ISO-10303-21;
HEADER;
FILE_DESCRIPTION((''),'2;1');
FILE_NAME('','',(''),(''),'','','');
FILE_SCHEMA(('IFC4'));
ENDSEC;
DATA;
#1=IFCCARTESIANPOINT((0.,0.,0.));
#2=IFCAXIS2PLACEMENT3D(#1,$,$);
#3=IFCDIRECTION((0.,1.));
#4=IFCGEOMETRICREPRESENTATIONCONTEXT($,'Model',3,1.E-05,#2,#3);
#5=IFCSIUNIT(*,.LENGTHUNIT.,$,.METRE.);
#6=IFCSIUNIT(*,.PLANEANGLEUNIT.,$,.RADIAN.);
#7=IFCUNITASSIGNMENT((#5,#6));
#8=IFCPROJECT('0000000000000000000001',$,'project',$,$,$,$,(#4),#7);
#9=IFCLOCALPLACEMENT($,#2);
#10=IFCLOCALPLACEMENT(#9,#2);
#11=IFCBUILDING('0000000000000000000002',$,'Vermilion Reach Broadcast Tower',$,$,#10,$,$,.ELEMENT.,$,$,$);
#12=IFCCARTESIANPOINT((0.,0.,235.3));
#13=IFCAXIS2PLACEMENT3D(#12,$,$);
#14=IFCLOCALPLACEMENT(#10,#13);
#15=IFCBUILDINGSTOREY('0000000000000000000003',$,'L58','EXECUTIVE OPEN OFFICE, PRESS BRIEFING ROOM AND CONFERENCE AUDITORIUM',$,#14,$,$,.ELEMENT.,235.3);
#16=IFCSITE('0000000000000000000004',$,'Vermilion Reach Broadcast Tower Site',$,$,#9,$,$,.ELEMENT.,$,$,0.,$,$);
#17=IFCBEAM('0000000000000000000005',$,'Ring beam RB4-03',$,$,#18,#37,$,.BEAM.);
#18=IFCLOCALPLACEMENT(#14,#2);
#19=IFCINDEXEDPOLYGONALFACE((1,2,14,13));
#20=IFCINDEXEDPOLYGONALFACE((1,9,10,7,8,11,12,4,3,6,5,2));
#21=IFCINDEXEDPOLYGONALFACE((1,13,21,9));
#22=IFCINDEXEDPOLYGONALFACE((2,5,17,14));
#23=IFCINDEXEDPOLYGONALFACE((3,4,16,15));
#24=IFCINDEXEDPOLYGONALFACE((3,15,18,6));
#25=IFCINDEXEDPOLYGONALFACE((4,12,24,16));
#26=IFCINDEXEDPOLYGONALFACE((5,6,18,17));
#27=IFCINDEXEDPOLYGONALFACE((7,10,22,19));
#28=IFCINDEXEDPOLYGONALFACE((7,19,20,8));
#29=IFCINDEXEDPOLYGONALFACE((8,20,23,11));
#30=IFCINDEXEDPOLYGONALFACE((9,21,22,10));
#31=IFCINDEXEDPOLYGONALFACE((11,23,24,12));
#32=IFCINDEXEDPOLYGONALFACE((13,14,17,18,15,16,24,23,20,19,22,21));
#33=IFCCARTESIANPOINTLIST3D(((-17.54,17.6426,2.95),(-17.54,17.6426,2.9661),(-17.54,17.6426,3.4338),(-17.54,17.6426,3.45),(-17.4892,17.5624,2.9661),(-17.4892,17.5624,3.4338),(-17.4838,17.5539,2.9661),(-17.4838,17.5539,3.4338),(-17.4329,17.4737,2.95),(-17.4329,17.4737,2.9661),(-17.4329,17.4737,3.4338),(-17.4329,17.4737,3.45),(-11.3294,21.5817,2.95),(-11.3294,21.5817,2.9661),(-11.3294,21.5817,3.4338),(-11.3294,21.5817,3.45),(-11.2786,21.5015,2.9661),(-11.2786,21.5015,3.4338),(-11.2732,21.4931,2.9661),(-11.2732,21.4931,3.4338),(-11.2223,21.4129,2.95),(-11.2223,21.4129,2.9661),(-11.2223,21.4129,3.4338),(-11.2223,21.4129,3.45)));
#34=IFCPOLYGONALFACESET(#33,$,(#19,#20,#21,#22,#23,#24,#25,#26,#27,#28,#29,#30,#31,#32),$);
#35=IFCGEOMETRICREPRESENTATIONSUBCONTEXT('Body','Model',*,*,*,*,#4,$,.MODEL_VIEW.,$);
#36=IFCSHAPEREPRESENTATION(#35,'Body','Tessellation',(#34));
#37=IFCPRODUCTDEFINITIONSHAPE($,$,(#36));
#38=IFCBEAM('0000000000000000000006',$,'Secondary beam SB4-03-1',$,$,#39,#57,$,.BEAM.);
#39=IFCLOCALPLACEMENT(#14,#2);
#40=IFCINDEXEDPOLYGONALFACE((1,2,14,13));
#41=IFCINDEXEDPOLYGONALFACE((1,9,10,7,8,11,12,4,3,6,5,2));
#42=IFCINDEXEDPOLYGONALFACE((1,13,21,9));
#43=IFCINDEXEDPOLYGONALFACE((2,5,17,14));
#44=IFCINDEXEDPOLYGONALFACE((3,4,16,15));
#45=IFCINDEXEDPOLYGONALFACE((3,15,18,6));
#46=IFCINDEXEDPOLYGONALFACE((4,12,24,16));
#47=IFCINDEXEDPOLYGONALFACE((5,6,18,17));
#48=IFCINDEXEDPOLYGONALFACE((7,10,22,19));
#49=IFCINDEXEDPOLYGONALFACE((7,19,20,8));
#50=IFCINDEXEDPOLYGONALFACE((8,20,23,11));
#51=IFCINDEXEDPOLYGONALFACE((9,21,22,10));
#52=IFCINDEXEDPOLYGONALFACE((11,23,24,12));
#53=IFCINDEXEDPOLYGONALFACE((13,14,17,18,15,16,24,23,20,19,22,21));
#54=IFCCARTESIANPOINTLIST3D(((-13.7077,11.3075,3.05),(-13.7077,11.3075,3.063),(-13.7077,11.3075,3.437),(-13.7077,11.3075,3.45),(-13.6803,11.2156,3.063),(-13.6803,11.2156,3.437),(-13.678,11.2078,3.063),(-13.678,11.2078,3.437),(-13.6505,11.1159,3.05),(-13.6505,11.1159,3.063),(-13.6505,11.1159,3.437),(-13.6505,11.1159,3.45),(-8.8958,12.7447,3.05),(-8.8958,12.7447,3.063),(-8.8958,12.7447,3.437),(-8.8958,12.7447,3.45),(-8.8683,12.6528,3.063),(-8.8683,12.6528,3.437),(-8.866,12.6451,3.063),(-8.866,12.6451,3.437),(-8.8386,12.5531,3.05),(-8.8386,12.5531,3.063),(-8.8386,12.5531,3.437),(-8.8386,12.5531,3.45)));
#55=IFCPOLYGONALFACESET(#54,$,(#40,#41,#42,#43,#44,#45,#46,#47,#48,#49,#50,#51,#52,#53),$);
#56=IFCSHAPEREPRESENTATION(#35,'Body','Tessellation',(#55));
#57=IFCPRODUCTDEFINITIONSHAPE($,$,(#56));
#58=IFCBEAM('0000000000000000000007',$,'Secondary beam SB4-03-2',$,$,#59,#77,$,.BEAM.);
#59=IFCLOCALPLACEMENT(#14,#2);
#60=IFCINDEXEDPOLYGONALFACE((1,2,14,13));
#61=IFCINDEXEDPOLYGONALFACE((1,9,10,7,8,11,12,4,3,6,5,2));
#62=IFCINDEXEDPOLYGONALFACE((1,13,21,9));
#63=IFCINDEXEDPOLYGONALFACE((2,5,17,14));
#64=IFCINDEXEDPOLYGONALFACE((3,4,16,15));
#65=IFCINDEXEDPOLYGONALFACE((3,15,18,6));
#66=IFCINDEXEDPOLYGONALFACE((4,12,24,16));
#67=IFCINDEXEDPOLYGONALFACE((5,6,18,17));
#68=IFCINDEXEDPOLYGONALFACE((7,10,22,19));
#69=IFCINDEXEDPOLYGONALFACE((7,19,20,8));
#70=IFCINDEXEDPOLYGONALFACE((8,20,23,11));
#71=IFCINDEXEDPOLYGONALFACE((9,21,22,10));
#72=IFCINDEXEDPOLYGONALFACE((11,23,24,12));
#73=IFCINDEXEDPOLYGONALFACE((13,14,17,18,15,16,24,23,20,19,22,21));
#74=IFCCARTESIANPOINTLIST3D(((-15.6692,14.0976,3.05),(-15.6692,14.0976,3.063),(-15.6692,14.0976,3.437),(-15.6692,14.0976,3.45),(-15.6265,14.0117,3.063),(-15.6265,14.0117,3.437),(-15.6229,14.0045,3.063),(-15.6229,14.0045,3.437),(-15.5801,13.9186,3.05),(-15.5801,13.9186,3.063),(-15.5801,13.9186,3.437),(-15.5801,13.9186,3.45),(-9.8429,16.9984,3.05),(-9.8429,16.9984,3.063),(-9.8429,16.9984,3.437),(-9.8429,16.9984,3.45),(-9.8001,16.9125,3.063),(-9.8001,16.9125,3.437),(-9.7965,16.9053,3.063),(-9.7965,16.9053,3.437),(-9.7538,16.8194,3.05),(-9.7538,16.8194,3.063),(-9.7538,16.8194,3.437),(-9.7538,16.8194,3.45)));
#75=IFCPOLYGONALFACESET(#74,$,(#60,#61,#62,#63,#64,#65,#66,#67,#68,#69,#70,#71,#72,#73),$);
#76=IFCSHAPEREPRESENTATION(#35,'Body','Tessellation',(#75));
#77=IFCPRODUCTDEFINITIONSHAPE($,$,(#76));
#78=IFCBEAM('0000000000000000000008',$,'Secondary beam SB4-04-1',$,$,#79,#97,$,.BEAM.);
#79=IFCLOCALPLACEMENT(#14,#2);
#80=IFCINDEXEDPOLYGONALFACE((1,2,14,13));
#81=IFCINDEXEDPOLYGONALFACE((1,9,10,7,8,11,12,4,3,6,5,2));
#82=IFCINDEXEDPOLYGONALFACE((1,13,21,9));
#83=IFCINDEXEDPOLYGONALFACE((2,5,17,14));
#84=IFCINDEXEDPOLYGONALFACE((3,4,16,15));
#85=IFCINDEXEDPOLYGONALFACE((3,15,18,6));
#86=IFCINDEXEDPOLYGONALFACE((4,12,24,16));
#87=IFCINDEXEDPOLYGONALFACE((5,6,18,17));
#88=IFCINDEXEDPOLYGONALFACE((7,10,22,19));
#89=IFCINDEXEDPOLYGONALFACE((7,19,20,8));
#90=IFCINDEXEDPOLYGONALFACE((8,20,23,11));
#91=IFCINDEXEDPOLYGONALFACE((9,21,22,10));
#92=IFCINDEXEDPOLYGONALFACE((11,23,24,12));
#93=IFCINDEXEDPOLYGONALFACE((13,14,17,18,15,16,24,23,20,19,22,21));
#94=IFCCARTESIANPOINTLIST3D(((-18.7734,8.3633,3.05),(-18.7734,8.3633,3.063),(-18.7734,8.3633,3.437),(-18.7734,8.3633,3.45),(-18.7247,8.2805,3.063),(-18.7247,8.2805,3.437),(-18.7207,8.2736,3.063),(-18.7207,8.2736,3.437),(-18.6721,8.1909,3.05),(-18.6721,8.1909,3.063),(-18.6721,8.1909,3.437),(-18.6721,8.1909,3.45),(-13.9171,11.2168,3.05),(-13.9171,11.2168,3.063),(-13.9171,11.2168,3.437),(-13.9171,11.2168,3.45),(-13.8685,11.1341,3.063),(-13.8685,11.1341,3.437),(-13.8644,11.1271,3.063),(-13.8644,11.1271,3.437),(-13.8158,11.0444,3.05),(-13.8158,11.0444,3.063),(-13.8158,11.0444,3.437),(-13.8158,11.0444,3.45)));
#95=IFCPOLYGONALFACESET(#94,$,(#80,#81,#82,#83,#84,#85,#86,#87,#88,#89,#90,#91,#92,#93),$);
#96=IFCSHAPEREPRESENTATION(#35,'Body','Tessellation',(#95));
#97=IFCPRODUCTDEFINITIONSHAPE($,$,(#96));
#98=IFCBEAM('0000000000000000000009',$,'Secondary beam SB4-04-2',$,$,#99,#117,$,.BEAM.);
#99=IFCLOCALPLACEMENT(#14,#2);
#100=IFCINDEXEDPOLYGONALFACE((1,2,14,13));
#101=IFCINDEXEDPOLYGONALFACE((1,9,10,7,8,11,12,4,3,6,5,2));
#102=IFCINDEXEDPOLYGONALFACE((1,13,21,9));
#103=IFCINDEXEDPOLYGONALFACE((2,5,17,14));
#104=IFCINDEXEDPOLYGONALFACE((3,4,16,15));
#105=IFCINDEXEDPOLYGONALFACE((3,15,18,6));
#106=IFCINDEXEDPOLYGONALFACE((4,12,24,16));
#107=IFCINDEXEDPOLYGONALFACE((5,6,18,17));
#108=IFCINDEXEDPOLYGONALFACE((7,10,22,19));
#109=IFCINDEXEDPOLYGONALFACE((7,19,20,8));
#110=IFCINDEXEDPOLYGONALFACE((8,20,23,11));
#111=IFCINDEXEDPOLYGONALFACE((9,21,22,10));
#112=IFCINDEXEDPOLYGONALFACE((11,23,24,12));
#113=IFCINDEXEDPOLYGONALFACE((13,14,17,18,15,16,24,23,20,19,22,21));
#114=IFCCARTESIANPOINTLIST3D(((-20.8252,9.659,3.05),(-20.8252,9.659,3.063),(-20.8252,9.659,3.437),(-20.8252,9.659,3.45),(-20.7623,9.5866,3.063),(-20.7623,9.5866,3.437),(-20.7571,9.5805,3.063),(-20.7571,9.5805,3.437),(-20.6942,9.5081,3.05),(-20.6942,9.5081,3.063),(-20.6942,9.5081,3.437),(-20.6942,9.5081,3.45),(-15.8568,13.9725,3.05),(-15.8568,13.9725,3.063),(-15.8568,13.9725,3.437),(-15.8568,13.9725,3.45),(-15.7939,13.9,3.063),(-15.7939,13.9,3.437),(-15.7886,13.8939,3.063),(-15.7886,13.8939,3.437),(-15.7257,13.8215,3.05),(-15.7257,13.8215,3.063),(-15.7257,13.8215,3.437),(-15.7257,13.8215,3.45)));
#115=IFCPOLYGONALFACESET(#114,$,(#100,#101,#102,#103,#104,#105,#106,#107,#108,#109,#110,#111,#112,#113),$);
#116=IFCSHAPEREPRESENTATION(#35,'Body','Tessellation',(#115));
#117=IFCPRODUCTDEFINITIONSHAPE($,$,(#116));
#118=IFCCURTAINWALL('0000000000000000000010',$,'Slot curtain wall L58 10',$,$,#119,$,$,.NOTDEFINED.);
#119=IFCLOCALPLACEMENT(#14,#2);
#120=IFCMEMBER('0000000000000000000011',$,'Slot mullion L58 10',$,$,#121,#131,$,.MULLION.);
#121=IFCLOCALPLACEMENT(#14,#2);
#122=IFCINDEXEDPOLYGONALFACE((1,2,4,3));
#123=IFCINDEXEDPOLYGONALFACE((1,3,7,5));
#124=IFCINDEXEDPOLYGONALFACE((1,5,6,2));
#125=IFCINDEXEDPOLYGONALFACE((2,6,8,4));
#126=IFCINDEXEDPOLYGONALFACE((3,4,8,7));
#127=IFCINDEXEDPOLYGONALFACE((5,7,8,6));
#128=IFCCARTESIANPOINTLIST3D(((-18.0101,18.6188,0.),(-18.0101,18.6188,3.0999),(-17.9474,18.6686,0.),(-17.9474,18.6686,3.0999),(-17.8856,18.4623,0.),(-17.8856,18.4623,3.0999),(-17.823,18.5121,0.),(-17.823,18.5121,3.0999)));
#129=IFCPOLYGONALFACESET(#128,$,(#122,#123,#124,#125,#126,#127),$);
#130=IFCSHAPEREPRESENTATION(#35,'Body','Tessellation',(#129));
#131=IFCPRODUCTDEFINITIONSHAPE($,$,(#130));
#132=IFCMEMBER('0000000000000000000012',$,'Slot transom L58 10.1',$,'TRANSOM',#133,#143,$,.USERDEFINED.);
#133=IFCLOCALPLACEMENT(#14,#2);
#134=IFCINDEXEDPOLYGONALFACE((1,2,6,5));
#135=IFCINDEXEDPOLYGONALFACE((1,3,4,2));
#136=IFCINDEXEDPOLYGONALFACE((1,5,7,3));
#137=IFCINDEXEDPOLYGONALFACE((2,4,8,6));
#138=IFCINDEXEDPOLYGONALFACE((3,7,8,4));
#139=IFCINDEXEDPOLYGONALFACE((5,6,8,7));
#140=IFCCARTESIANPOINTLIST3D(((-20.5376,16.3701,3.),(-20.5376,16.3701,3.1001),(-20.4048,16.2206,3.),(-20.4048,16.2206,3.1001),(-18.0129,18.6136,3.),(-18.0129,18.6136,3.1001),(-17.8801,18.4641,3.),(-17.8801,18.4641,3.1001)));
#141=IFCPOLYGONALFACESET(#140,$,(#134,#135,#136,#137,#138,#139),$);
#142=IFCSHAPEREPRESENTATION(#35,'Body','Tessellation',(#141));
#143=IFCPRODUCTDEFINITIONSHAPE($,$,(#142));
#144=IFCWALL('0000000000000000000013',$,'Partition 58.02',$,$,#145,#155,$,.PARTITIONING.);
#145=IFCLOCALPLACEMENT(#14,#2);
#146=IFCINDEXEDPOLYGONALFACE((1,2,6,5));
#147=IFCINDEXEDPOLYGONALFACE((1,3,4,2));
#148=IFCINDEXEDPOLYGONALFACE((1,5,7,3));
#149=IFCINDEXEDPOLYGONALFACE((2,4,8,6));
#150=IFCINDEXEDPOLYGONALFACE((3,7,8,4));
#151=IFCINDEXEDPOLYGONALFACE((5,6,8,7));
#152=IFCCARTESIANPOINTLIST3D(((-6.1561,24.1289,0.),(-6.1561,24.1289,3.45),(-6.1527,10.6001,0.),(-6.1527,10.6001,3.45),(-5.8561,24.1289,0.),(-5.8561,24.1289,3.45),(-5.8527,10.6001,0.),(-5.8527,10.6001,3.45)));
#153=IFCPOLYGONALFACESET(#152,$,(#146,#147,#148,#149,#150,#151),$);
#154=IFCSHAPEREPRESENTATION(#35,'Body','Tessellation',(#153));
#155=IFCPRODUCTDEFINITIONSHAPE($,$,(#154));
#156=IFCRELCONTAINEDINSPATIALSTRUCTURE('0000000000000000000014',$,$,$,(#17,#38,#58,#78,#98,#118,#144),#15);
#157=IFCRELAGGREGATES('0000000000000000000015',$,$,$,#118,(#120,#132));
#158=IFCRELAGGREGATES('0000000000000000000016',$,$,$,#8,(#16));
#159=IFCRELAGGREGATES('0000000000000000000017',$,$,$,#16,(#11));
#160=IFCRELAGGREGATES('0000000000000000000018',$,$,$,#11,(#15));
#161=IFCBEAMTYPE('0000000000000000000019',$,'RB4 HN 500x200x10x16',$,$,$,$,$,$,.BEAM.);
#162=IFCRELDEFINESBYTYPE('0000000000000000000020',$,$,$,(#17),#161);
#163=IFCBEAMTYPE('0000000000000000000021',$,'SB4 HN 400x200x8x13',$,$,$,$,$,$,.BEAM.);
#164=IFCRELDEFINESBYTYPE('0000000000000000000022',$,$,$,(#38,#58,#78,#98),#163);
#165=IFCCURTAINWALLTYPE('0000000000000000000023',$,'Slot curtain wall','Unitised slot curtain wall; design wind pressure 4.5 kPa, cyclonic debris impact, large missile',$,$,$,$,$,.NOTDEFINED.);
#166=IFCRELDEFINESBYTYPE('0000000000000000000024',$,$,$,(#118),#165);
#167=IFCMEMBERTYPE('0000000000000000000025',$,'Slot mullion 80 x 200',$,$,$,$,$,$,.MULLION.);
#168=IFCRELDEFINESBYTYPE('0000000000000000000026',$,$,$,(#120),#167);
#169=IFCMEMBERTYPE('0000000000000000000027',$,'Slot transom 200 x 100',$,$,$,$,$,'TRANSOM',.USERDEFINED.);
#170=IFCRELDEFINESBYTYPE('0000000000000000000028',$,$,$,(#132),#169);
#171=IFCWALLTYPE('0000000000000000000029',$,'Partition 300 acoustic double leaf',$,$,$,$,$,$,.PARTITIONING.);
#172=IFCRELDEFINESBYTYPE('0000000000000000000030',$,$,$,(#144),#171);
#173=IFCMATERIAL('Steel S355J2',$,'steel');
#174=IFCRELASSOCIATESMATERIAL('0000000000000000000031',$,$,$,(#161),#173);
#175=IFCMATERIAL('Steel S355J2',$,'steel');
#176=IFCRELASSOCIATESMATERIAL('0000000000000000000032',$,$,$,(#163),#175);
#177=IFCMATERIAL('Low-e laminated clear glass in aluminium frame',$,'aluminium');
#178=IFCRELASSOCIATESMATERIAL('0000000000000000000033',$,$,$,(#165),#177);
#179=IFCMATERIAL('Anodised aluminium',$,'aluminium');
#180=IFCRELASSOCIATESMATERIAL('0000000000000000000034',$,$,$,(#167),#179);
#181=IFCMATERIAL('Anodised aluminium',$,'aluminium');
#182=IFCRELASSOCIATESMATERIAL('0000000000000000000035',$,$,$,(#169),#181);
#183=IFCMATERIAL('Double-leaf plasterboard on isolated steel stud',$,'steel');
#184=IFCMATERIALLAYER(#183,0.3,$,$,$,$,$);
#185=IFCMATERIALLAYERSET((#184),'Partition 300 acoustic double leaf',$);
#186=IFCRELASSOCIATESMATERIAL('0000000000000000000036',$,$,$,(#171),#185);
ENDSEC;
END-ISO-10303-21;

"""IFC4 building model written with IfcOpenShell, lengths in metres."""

from ifc_helpers import new_model, si_unit, direction, frame, frame_2d, origin, origin_2d, place, context, subcontext, project, spatial, rectangle, i_section, extrude, material, layer, layer_set, material_profile, profile_set, type_object, element, aggregate, save


model = new_model("IFC4")

# Units and contexts
model_context = context("Model", 3, precision=1e-05, world=origin(), true_north=direction((0.0, 1.0)))
body_context = subcontext(model_context, "Body", "Model", "MODEL_VIEW")
ifc_project = project(units=[si_unit("LENGTHUNIT", "METRE"), si_unit("PLANEANGLEUNIT", "RADIAN")], contexts=[model_context])

# Site, building, storey
site_placement = place(None, origin())
site = spatial("IfcSite", under=ifc_project, at=site_placement, Name="Vermilion Reach Broadcast Tower Site", CompositionType="ELEMENT", RefElevation=0.0)
building_placement = place(site_placement, origin())
building = spatial("IfcBuilding", under=site, at=building_placement, Name="Vermilion Reach Broadcast Tower", CompositionType="ELEMENT")
storey_placement = place(building_placement, frame((0.0, 0.0, 235.3)))
storey = spatial("IfcBuildingStorey", under=building, at=storey_placement, Name="L58", Description="EXECUTIVE OPEN OFFICE, PRESS BRIEFING ROOM AND CONFERENCE AUDITORIUM", CompositionType="ELEMENT", Elevation=235.3)

# Beams
ifc_material_1 = material(Name="Steel S355J2", Category="steel")
ifc_material_profile_1 = material_profile(ifc_material_1, i_section(OverallWidth=0.2, OverallDepth=0.5, WebThickness=0.01, FlangeThickness=0.0161, at=origin_2d()), Name="S355J2 HN 500x200x10x16")
ifc_profile_set_1 = profile_set([ifc_material_profile_1], Name="Steel S355J2")
beam_type_1 = type_object("IfcBeamType", Name="RB4 HN 500x200x10x16", PredefinedType="BEAM", material=ifc_profile_set_1)
beam_1_placement = place(storey_placement, frame((-11.2759, 21.4973, 3.2), z_axis=(-0.844464, -0.535612, 0.0), x_axis=(0.535612, -0.844464, 0.0)))
element("IfcBeam", 1, at=beam_1_placement, inside=storey, type_object=beam_type_1, Name="Ring beam RB4-03", PredefinedType="BEAM", context=body_context, shape_type="SweptSolid", body=[
    extrude(i_section(OverallWidth=0.2, OverallDepth=0.5, WebThickness=0.01, FlangeThickness=0.0161, at=origin_2d()), origin(), (0.0, 0.0, 1.0), 7.3545),
])
ifc_material_2 = material(Name="Steel S355J2", Category="steel")
ifc_material_profile_2 = material_profile(ifc_material_2, i_section(OverallWidth=0.2, OverallDepth=0.3999, WebThickness=0.0081, FlangeThickness=0.0129, at=origin_2d()), Name="S355J2 HN 400x200x8x13")
ifc_profile_set_2 = profile_set([ifc_material_profile_2], Name="Steel S355J2")
beam_type_2 = type_object("IfcBeamType", Name="SB4 HN 400x200x8x13", PredefinedType="BEAM", material=ifc_profile_set_2)
beam_2_placement = place(storey_placement, frame((-8.8672, 12.6489, 3.25), z_axis=(-0.958173, -0.286188, 0.0), x_axis=(0.286188, -0.958173, 0.0)))
element("IfcBeam", 2, at=beam_2_placement, inside=storey, type_object=beam_type_2, Name="Secondary beam SB4-03-1", PredefinedType="BEAM", context=body_context, shape_type="SweptSolid", body=[
    extrude(i_section(OverallWidth=0.2, OverallDepth=0.3999, WebThickness=0.0081, FlangeThickness=0.0129, at=origin_2d()), origin(), (0.0, 0.0, 1.0), 5.022),
])
beam_3_placement = place(storey_placement, frame((-9.7983, 16.9089, 3.25), z_axis=(-0.895184, -0.445698, 0.0), x_axis=(0.445698, -0.895184, 0.0)))
element("IfcBeam", 3, at=beam_3_placement, inside=storey, type_object=beam_type_2, Name="Secondary beam SB4-03-2", PredefinedType="BEAM", context=body_context, shape_type="SweptSolid", body=[
    extrude(i_section(OverallWidth=0.2, OverallDepth=0.3999, WebThickness=0.0081, FlangeThickness=0.0129, at=origin_2d()), origin(), (0.0, 0.0, 1.0), 6.5085),
])
beam_4_placement = place(storey_placement, frame((-13.8665, 11.1306, 3.25), z_axis=(-0.862173, -0.506615, 0.0), x_axis=(0.506615, -0.862173, 0.0)))
element("IfcBeam", 4, at=beam_4_placement, inside=storey, type_object=beam_type_2, Name="Secondary beam SB4-04-1", PredefinedType="BEAM", context=body_context, shape_type="SweptSolid", body=[
    extrude(i_section(OverallWidth=0.2, OverallDepth=0.3999, WebThickness=0.0081, FlangeThickness=0.0129, at=origin_2d()), origin(), (0.0, 0.0, 1.0), 5.6326),
])
beam_5_placement = place(storey_placement, frame((-15.7913, 13.897, 3.25), z_axis=(-0.755129, -0.655576, 0.0), x_axis=(0.655576, -0.755129, 0.0)))
element("IfcBeam", 5, at=beam_5_placement, inside=storey, type_object=beam_type_2, Name="Secondary beam SB4-04-2", PredefinedType="BEAM", context=body_context, shape_type="SweptSolid", body=[
    extrude(i_section(OverallWidth=0.2, OverallDepth=0.3999, WebThickness=0.0081, FlangeThickness=0.0129, at=origin_2d()), origin(), (0.0, 0.0, 1.0), 6.5796),
])

# Curtain wall, members
ifc_material_3 = material(Name="Low-e laminated clear glass in aluminium frame", Category="aluminium")
curtain_wall_type = type_object("IfcCurtainWallType", Name="Slot curtain wall", Description="Unitised slot curtain wall; design wind pressure 4.5 kPa, cyclonic debris impact, large missile", PredefinedType="NOTDEFINED", material=ifc_material_3)
curtain_wall_placement = place(storey_placement, origin())
curtain_wall = element("IfcCurtainWall", 6, at=curtain_wall_placement, inside=storey, type_object=curtain_wall_type, Name="Slot curtain wall L58 10", PredefinedType="NOTDEFINED")
ifc_material_4 = material(Name="Anodised aluminium", Category="aluminium")
ifc_material_profile_3 = material_profile(ifc_material_4, rectangle(XDim=0.2, YDim=0.0801, at=origin_2d()), Name="Slot mullion 80 x 200")
ifc_profile_set_3 = profile_set([ifc_material_profile_3], Name="Anodised aluminium")
member_type_1 = type_object("IfcMemberType", Name="Slot mullion 80 x 200", PredefinedType="MULLION", material=ifc_profile_set_3)
member_1_placement = place(storey_placement, frame((-17.9165, 18.5654, 0.0), z_axis=(0.0, 0.0, 1.0), x_axis=(0.622228, -0.782836, 0.0)))
member_1 = element("IfcMember", 7, at=member_1_placement, type_object=member_type_1, Name="Slot mullion L58 10", PredefinedType="MULLION", context=body_context, shape_type="SweptSolid", body=[
    extrude(rectangle(XDim=0.2, YDim=0.0801, at=origin_2d()), origin(), (0.0, 0.0, 1.0), 3.0999),
])
ifc_material_5 = material(Name="Anodised aluminium", Category="aluminium")
ifc_material_profile_4 = material_profile(ifc_material_5, rectangle(XDim=0.2, YDim=0.1001, at=origin_2d()), Name="Slot transom 200 x 100")
ifc_profile_set_4 = profile_set([ifc_material_profile_4], Name="Anodised aluminium")
member_type_2 = type_object("IfcMemberType", Name="Slot transom 200 x 100", ElementType="TRANSOM", PredefinedType="USERDEFINED", material=ifc_profile_set_4)
member_2_placement = place(storey_placement, frame((-17.9465, 18.5388, 3.05), z_axis=(-0.747517, -0.664243, 0.0), x_axis=(0.664243, -0.747517, 0.0)))
member_2 = element("IfcMember", 8, at=member_2_placement, type_object=member_type_2, Name="Slot transom L58 10.1", ObjectType="TRANSOM", PredefinedType="USERDEFINED", context=body_context, shape_type="SweptSolid", body=[
    extrude(rectangle(XDim=0.2, YDim=0.1001, at=origin_2d()), origin(), (0.0, 0.0, 1.0), 3.3774),
])
aggregate(curtain_wall, [member_1, member_2])

# Wall
ifc_material_6 = material(Name="Double-leaf plasterboard on isolated steel stud", Category="steel")
ifc_layer_1 = layer(ifc_material_6, 0.3)
ifc_layer_set_1 = layer_set([ifc_layer_1], Name="Partition 300 acoustic double leaf")
wall_type_1 = type_object("IfcWallType", Name="Partition 300 acoustic double leaf", PredefinedType="PARTITIONING", material=ifc_layer_set_1)
wall_1_placement = place(storey_placement, frame((-6.0061, 24.1289, 0.0), z_axis=(0.0, 0.0, 1.0), x_axis=(0.000253, -1.0, 0.0)))
element("IfcWall", 9, at=wall_1_placement, inside=storey, type_object=wall_type_1, Name="Partition 58.02", PredefinedType="PARTITIONING", context=body_context, shape_type="SweptSolid", body=[
    extrude(rectangle(XDim=13.5288, YDim=0.3, at=frame_2d((6.7644, 0.0))), origin(), (0.0, 0.0, 1.0), 3.45),
])

save(model, "model.ifc")
